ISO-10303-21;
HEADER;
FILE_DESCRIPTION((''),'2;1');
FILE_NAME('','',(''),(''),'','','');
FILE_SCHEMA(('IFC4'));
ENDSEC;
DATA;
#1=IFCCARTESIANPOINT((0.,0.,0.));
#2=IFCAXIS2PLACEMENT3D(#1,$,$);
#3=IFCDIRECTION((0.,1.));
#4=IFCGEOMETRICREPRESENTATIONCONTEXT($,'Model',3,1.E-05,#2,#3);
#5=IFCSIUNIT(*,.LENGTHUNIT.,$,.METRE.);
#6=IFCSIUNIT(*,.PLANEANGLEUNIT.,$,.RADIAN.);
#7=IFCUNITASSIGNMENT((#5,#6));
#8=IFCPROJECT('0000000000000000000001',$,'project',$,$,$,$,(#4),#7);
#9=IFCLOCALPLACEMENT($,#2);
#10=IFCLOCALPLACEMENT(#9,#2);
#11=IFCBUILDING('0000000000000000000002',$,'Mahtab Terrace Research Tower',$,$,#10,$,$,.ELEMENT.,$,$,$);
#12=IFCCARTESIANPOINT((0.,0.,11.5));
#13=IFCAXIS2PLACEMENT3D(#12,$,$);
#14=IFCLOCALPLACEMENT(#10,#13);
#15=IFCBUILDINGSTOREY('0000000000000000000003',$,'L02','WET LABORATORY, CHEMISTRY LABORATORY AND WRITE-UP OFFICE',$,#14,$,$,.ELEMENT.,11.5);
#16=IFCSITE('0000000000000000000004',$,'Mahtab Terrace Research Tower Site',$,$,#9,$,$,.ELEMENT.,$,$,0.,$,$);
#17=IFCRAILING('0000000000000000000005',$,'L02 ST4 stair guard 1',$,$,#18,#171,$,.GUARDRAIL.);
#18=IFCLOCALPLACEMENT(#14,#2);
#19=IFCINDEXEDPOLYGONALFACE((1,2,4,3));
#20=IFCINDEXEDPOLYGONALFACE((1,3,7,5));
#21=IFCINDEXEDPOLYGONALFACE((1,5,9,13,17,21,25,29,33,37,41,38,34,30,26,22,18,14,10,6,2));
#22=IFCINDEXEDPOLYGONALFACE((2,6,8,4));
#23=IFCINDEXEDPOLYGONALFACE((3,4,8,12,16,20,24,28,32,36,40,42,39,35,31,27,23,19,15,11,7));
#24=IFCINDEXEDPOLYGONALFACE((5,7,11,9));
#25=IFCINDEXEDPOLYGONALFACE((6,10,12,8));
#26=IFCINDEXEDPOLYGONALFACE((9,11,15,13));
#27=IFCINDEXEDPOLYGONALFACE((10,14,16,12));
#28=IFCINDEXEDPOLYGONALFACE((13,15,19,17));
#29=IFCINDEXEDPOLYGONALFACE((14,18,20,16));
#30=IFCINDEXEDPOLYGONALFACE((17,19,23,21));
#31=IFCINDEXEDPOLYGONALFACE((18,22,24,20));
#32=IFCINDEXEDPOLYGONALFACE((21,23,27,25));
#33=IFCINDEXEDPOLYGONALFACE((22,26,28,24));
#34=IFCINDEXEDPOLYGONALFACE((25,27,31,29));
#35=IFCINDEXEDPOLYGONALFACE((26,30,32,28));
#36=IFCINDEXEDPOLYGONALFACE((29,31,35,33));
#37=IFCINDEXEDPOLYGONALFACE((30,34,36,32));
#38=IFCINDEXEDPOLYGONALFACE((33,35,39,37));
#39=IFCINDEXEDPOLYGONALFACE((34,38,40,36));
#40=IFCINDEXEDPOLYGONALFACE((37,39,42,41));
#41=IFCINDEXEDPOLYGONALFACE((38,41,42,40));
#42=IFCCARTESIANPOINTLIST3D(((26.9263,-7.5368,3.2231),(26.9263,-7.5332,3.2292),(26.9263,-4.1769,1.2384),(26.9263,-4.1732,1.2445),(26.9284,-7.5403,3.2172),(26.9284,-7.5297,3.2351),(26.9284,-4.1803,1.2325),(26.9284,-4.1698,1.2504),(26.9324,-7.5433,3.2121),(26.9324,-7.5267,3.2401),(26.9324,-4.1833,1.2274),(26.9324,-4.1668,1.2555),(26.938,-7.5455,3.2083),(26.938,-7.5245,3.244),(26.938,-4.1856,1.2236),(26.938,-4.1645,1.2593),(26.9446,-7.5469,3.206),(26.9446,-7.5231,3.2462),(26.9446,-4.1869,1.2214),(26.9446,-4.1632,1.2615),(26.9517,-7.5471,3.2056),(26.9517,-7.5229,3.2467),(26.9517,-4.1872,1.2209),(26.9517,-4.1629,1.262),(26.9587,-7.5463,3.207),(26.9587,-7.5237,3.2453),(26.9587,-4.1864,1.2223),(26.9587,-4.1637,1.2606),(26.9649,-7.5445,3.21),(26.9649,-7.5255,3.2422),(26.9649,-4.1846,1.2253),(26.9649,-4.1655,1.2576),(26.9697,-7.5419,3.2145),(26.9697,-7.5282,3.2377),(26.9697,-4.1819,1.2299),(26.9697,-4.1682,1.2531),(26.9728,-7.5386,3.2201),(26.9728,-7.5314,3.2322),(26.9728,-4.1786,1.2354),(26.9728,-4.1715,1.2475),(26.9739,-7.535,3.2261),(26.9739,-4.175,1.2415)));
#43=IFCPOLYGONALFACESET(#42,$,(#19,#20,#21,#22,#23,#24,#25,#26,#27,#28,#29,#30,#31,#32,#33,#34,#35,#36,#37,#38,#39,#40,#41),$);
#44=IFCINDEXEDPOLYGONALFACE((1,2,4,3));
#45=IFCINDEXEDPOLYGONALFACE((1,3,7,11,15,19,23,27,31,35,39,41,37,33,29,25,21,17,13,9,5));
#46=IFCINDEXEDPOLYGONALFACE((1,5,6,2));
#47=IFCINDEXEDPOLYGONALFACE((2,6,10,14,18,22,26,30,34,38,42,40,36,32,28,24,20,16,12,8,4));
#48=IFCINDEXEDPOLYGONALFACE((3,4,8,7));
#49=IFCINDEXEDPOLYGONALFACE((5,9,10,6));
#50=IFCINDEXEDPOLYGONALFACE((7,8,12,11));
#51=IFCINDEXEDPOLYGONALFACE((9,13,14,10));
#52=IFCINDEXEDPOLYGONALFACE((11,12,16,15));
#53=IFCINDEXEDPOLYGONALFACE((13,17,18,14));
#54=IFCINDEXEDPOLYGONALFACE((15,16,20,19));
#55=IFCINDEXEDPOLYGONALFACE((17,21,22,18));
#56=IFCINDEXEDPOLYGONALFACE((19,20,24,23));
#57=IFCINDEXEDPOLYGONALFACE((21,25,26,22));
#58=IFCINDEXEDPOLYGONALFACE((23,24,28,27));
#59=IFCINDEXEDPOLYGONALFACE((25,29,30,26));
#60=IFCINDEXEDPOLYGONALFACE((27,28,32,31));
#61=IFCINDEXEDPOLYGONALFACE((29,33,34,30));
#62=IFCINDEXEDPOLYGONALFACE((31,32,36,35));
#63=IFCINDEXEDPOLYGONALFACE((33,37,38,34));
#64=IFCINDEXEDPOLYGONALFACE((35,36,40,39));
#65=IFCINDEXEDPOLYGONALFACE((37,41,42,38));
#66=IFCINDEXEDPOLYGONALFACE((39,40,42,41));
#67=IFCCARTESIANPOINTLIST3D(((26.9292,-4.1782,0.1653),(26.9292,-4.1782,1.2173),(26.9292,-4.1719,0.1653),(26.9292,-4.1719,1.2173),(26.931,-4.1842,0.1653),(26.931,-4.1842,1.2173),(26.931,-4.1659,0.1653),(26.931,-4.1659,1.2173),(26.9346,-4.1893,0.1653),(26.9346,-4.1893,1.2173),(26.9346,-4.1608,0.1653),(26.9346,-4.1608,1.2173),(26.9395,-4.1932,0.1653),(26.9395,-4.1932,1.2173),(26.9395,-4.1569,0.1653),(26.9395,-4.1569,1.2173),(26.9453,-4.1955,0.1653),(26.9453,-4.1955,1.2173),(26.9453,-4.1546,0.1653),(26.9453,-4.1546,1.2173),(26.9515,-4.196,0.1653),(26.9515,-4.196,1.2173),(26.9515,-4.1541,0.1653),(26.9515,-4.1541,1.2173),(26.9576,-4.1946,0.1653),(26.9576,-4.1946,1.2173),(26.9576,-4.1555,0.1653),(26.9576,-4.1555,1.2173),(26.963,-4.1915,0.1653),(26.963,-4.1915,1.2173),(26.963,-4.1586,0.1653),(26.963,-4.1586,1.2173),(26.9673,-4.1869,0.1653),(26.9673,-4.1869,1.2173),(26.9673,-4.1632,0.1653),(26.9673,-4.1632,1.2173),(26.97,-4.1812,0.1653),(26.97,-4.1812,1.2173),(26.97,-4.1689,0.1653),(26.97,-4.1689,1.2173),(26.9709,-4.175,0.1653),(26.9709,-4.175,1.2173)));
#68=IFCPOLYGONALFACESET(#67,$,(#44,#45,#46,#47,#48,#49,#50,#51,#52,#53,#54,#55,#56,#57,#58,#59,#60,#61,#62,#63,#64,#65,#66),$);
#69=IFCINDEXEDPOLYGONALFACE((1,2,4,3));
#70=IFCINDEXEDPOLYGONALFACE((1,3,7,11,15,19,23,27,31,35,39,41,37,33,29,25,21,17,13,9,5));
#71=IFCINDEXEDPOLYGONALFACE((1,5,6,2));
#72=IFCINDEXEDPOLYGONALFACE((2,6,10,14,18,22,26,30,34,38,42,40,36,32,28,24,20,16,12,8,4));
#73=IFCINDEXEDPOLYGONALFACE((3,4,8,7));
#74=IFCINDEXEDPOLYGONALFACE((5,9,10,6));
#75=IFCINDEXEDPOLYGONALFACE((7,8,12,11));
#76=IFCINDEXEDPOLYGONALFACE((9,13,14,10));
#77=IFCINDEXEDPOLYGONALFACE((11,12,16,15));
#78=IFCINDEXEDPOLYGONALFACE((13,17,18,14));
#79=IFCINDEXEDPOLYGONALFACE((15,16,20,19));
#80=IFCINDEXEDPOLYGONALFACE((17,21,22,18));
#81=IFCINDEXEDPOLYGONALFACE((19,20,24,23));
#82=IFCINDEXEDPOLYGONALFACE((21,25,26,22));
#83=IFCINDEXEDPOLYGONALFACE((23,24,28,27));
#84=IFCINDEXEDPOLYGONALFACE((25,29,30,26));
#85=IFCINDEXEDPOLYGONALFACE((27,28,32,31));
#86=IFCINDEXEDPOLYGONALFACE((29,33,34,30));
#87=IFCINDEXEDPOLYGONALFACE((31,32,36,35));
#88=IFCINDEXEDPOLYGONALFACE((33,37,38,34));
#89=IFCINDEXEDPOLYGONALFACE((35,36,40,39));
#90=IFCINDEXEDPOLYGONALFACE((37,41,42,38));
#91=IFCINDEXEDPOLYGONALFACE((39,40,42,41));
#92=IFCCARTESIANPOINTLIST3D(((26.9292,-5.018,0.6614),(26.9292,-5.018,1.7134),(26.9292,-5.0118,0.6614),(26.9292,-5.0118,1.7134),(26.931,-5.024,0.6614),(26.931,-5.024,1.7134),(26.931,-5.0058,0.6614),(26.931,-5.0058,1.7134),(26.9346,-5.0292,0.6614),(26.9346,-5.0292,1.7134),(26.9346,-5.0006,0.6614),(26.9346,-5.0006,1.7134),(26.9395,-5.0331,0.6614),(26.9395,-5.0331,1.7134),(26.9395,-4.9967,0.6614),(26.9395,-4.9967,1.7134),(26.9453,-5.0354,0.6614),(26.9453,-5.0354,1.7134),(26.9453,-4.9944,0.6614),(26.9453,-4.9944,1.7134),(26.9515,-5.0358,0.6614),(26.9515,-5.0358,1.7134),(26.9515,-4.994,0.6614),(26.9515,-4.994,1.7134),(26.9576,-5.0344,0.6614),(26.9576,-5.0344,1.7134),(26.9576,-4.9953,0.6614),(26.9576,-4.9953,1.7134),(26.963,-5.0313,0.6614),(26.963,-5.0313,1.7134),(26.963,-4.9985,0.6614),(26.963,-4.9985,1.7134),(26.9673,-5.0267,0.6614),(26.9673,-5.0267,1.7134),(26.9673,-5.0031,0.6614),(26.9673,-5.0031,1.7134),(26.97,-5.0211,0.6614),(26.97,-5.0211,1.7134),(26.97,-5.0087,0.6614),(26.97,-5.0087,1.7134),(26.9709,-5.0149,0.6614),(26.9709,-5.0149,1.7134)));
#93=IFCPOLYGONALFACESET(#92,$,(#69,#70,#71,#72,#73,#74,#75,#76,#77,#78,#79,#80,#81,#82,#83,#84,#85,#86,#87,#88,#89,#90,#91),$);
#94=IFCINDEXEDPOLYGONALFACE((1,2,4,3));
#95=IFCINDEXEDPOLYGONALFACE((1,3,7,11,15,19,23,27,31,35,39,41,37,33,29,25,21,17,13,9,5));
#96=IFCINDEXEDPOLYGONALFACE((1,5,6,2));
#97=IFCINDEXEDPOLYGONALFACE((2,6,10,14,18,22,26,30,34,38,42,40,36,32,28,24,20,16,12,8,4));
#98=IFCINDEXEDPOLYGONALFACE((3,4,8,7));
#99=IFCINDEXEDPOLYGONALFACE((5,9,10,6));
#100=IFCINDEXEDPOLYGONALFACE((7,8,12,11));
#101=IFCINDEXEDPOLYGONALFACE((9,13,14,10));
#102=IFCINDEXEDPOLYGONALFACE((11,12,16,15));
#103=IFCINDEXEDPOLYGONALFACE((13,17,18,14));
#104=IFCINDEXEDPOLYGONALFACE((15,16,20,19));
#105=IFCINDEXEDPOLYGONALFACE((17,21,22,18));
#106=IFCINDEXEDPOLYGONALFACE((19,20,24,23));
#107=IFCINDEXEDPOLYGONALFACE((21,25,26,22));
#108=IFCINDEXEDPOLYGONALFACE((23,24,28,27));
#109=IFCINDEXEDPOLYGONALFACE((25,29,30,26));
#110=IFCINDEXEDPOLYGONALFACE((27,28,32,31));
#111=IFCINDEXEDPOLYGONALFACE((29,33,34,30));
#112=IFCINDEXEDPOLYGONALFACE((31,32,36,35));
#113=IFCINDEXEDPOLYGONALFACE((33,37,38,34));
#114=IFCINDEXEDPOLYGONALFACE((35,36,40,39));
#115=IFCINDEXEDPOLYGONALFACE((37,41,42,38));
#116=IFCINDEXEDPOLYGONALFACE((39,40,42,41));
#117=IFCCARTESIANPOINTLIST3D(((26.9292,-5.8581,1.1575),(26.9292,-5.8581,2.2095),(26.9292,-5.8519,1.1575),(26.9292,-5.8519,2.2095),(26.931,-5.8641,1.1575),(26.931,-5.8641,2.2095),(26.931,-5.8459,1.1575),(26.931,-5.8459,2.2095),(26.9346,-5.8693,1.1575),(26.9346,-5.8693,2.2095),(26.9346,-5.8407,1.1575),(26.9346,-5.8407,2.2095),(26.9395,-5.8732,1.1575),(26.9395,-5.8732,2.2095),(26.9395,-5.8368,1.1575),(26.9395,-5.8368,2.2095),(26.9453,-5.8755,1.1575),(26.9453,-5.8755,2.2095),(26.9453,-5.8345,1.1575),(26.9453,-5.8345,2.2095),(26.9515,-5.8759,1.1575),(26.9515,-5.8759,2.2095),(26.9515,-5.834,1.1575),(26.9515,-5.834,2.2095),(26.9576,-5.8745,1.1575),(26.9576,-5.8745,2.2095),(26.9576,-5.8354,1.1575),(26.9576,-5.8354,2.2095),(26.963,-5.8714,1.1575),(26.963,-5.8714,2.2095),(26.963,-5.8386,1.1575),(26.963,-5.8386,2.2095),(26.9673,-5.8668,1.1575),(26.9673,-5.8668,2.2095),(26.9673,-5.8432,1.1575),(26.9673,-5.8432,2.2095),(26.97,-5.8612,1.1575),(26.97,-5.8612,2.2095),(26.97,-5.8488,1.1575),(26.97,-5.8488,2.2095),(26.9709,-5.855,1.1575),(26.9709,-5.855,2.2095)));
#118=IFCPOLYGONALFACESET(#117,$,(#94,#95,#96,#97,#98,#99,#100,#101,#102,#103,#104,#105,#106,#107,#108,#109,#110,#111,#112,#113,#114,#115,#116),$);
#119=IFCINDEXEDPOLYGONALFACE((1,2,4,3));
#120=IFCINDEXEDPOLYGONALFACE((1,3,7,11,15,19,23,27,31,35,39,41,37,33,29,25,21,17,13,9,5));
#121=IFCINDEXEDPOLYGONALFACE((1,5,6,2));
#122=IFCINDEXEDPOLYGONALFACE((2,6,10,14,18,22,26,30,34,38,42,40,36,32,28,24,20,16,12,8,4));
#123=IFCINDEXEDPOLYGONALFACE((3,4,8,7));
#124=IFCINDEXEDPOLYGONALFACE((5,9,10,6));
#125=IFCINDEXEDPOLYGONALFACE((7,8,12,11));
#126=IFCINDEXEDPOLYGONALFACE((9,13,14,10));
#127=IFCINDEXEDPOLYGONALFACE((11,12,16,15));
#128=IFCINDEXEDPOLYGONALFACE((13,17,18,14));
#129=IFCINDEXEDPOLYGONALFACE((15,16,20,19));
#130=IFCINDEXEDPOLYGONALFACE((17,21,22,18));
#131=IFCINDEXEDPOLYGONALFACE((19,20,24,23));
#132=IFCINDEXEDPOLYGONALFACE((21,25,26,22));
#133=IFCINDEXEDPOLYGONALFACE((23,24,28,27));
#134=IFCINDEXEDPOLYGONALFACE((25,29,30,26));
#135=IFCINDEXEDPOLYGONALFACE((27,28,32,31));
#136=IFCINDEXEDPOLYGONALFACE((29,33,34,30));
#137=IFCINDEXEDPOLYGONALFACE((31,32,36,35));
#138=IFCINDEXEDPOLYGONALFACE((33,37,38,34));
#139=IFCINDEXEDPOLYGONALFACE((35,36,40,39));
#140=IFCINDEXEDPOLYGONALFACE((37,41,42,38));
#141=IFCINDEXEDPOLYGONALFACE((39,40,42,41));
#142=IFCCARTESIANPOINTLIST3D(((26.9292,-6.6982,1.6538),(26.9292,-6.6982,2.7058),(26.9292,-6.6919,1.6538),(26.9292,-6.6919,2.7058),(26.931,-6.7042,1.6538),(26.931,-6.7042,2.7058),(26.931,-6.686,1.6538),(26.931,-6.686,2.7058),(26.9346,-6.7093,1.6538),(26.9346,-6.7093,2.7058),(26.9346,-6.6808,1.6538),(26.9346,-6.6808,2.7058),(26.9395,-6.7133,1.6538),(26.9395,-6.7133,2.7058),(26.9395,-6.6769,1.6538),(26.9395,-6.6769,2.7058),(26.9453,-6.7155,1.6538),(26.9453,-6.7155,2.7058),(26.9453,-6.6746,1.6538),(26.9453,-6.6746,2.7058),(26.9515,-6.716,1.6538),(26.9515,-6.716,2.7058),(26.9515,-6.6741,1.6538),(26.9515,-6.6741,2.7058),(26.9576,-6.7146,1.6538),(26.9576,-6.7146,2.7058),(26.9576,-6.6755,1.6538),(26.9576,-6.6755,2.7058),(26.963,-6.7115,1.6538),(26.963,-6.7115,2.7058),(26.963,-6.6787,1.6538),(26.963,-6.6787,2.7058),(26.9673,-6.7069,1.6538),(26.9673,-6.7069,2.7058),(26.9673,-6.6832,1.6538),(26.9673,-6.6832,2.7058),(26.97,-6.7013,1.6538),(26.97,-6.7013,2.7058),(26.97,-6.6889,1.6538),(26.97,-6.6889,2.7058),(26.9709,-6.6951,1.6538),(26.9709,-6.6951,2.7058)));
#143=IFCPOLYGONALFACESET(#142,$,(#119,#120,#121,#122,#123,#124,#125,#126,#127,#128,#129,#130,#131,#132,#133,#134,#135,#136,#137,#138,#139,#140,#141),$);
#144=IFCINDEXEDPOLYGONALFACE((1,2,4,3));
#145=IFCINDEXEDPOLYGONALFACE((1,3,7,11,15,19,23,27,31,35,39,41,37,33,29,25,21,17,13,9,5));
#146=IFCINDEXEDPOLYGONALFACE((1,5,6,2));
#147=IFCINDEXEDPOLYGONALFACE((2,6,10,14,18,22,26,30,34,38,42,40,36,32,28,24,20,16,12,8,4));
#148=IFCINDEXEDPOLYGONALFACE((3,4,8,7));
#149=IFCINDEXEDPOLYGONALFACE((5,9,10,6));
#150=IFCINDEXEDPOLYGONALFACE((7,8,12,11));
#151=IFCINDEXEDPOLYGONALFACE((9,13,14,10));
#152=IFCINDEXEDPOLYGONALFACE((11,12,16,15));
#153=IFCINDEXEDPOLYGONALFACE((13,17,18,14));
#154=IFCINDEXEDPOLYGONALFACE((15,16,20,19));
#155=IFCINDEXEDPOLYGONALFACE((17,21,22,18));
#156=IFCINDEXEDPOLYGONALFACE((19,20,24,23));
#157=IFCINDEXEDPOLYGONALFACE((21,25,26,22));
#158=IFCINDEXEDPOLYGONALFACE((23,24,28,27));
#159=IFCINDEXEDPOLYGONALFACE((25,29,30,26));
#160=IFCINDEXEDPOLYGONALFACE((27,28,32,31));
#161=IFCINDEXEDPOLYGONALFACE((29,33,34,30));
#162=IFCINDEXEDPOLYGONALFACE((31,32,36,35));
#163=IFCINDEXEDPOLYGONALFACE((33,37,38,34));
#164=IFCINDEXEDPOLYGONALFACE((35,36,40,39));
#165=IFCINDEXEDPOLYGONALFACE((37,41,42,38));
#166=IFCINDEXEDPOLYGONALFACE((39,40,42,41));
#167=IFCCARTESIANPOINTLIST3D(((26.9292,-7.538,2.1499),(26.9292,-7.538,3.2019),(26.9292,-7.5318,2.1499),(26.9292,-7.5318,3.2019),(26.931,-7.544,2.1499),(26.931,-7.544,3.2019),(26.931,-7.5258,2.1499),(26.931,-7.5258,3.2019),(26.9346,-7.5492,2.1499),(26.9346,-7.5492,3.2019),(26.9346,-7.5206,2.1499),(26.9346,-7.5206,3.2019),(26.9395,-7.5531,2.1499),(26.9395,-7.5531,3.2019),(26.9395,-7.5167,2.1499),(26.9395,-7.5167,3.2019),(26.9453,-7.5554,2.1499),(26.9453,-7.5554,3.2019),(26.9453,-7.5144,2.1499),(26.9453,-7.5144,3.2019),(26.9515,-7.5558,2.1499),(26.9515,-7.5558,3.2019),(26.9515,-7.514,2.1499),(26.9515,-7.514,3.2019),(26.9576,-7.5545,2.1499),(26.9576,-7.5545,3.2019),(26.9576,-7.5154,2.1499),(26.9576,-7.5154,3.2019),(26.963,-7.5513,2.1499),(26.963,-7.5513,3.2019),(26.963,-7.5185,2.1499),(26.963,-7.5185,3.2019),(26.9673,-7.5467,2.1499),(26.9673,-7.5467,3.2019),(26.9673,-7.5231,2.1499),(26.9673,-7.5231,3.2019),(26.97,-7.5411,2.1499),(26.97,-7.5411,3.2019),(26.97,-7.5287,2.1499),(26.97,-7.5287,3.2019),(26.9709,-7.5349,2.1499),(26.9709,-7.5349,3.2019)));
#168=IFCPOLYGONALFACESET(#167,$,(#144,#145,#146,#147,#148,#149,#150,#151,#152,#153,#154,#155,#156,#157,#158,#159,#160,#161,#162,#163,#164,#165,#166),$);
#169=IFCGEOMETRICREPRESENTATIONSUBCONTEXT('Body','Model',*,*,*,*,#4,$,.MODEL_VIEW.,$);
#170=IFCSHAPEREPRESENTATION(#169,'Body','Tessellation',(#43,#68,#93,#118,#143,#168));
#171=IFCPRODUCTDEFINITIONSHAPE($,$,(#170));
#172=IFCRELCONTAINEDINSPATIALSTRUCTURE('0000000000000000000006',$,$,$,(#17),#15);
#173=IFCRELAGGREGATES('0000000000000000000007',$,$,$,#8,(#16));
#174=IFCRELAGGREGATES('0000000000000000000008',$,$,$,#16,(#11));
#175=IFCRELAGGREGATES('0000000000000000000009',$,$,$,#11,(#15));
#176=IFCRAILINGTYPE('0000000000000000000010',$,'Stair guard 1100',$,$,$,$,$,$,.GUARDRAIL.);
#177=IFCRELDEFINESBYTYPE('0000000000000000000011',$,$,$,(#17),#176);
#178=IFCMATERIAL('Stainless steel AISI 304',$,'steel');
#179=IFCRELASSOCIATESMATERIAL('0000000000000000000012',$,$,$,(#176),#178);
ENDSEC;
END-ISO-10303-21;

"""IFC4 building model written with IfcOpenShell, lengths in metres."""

from ifc_helpers import new_model, si_unit, direction, frame, origin, origin_2d, place, context, subcontext, project, spatial, circle, extrude, material, type_object, element, save


model = new_model("IFC4")

# Units and contexts
model_context = context("Model", 3, precision=1e-05, world=origin(), true_north=direction((0.0, 1.0)))
body_context = subcontext(model_context, "Body", "Model", "MODEL_VIEW")
ifc_project = project(units=[si_unit("LENGTHUNIT", "METRE"), si_unit("PLANEANGLEUNIT", "RADIAN")], contexts=[model_context])

# Site, building, storey
site_placement = place(None, origin())
site = spatial("IfcSite", under=ifc_project, at=site_placement, Name="Mahtab Terrace Research Tower Site", CompositionType="ELEMENT", RefElevation=0.0)
building_placement = place(site_placement, origin())
building = spatial("IfcBuilding", under=site, at=building_placement, Name="Mahtab Terrace Research Tower", CompositionType="ELEMENT")
storey_placement = place(building_placement, frame((0.0, 0.0, 11.5)))
storey = spatial("IfcBuildingStorey", under=building, at=storey_placement, Name="L02", Description="WET LABORATORY, CHEMISTRY LABORATORY AND WRITE-UP OFFICE", CompositionType="ELEMENT", Elevation=11.5)

# Shared definitions
ifc_material_1 = material(Name="Stainless steel AISI 304", Category="steel")

# Railing
railing_type_1 = type_object("IfcRailingType", Name="Stair guard 1100", PredefinedType="GUARDRAIL", material=ifc_material_1)
railing_1_placement = place(storey_placement, frame((26.95, -4.175, 0.1653)))
element("IfcRailing", 1, at=railing_1_placement, inside=storey, type_object=railing_type_1, Name="L02 ST4 stair guard 1", PredefinedType="GUARDRAIL", context=body_context, shape_type="SweptSolid", body=[
    extrude(circle(Radius=0.0239, at=origin_2d()), frame((0.0, 0.0, 1.0762), z_axis=(0.0, -0.861011, 0.508586), x_axis=(1.0, 0.0, 0.0)), (0.0, 0.0, 1.0), 3.9023),
    extrude(circle(Radius=0.021, at=origin_2d()), origin(), (0.0, 0.0, 1.0), 1.052),
    extrude(circle(Radius=0.021, at=origin_2d()), frame((0.0, -0.8398, 0.4961)), (0.0, 0.0, 1.0), 1.052),
    extrude(circle(Radius=0.021, at=origin_2d()), frame((0.0, -1.6799, 0.9922)), (0.0, 0.0, 1.0), 1.052),
    extrude(circle(Radius=0.021, at=origin_2d()), frame((0.0, -2.52, 1.4885)), (0.0, 0.0, 1.0), 1.052),
    extrude(circle(Radius=0.021, at=origin_2d()), frame((0.0, -3.3599, 1.9846)), (0.0, 0.0, 1.0), 1.052),
])

save(model, "model.ifc")
